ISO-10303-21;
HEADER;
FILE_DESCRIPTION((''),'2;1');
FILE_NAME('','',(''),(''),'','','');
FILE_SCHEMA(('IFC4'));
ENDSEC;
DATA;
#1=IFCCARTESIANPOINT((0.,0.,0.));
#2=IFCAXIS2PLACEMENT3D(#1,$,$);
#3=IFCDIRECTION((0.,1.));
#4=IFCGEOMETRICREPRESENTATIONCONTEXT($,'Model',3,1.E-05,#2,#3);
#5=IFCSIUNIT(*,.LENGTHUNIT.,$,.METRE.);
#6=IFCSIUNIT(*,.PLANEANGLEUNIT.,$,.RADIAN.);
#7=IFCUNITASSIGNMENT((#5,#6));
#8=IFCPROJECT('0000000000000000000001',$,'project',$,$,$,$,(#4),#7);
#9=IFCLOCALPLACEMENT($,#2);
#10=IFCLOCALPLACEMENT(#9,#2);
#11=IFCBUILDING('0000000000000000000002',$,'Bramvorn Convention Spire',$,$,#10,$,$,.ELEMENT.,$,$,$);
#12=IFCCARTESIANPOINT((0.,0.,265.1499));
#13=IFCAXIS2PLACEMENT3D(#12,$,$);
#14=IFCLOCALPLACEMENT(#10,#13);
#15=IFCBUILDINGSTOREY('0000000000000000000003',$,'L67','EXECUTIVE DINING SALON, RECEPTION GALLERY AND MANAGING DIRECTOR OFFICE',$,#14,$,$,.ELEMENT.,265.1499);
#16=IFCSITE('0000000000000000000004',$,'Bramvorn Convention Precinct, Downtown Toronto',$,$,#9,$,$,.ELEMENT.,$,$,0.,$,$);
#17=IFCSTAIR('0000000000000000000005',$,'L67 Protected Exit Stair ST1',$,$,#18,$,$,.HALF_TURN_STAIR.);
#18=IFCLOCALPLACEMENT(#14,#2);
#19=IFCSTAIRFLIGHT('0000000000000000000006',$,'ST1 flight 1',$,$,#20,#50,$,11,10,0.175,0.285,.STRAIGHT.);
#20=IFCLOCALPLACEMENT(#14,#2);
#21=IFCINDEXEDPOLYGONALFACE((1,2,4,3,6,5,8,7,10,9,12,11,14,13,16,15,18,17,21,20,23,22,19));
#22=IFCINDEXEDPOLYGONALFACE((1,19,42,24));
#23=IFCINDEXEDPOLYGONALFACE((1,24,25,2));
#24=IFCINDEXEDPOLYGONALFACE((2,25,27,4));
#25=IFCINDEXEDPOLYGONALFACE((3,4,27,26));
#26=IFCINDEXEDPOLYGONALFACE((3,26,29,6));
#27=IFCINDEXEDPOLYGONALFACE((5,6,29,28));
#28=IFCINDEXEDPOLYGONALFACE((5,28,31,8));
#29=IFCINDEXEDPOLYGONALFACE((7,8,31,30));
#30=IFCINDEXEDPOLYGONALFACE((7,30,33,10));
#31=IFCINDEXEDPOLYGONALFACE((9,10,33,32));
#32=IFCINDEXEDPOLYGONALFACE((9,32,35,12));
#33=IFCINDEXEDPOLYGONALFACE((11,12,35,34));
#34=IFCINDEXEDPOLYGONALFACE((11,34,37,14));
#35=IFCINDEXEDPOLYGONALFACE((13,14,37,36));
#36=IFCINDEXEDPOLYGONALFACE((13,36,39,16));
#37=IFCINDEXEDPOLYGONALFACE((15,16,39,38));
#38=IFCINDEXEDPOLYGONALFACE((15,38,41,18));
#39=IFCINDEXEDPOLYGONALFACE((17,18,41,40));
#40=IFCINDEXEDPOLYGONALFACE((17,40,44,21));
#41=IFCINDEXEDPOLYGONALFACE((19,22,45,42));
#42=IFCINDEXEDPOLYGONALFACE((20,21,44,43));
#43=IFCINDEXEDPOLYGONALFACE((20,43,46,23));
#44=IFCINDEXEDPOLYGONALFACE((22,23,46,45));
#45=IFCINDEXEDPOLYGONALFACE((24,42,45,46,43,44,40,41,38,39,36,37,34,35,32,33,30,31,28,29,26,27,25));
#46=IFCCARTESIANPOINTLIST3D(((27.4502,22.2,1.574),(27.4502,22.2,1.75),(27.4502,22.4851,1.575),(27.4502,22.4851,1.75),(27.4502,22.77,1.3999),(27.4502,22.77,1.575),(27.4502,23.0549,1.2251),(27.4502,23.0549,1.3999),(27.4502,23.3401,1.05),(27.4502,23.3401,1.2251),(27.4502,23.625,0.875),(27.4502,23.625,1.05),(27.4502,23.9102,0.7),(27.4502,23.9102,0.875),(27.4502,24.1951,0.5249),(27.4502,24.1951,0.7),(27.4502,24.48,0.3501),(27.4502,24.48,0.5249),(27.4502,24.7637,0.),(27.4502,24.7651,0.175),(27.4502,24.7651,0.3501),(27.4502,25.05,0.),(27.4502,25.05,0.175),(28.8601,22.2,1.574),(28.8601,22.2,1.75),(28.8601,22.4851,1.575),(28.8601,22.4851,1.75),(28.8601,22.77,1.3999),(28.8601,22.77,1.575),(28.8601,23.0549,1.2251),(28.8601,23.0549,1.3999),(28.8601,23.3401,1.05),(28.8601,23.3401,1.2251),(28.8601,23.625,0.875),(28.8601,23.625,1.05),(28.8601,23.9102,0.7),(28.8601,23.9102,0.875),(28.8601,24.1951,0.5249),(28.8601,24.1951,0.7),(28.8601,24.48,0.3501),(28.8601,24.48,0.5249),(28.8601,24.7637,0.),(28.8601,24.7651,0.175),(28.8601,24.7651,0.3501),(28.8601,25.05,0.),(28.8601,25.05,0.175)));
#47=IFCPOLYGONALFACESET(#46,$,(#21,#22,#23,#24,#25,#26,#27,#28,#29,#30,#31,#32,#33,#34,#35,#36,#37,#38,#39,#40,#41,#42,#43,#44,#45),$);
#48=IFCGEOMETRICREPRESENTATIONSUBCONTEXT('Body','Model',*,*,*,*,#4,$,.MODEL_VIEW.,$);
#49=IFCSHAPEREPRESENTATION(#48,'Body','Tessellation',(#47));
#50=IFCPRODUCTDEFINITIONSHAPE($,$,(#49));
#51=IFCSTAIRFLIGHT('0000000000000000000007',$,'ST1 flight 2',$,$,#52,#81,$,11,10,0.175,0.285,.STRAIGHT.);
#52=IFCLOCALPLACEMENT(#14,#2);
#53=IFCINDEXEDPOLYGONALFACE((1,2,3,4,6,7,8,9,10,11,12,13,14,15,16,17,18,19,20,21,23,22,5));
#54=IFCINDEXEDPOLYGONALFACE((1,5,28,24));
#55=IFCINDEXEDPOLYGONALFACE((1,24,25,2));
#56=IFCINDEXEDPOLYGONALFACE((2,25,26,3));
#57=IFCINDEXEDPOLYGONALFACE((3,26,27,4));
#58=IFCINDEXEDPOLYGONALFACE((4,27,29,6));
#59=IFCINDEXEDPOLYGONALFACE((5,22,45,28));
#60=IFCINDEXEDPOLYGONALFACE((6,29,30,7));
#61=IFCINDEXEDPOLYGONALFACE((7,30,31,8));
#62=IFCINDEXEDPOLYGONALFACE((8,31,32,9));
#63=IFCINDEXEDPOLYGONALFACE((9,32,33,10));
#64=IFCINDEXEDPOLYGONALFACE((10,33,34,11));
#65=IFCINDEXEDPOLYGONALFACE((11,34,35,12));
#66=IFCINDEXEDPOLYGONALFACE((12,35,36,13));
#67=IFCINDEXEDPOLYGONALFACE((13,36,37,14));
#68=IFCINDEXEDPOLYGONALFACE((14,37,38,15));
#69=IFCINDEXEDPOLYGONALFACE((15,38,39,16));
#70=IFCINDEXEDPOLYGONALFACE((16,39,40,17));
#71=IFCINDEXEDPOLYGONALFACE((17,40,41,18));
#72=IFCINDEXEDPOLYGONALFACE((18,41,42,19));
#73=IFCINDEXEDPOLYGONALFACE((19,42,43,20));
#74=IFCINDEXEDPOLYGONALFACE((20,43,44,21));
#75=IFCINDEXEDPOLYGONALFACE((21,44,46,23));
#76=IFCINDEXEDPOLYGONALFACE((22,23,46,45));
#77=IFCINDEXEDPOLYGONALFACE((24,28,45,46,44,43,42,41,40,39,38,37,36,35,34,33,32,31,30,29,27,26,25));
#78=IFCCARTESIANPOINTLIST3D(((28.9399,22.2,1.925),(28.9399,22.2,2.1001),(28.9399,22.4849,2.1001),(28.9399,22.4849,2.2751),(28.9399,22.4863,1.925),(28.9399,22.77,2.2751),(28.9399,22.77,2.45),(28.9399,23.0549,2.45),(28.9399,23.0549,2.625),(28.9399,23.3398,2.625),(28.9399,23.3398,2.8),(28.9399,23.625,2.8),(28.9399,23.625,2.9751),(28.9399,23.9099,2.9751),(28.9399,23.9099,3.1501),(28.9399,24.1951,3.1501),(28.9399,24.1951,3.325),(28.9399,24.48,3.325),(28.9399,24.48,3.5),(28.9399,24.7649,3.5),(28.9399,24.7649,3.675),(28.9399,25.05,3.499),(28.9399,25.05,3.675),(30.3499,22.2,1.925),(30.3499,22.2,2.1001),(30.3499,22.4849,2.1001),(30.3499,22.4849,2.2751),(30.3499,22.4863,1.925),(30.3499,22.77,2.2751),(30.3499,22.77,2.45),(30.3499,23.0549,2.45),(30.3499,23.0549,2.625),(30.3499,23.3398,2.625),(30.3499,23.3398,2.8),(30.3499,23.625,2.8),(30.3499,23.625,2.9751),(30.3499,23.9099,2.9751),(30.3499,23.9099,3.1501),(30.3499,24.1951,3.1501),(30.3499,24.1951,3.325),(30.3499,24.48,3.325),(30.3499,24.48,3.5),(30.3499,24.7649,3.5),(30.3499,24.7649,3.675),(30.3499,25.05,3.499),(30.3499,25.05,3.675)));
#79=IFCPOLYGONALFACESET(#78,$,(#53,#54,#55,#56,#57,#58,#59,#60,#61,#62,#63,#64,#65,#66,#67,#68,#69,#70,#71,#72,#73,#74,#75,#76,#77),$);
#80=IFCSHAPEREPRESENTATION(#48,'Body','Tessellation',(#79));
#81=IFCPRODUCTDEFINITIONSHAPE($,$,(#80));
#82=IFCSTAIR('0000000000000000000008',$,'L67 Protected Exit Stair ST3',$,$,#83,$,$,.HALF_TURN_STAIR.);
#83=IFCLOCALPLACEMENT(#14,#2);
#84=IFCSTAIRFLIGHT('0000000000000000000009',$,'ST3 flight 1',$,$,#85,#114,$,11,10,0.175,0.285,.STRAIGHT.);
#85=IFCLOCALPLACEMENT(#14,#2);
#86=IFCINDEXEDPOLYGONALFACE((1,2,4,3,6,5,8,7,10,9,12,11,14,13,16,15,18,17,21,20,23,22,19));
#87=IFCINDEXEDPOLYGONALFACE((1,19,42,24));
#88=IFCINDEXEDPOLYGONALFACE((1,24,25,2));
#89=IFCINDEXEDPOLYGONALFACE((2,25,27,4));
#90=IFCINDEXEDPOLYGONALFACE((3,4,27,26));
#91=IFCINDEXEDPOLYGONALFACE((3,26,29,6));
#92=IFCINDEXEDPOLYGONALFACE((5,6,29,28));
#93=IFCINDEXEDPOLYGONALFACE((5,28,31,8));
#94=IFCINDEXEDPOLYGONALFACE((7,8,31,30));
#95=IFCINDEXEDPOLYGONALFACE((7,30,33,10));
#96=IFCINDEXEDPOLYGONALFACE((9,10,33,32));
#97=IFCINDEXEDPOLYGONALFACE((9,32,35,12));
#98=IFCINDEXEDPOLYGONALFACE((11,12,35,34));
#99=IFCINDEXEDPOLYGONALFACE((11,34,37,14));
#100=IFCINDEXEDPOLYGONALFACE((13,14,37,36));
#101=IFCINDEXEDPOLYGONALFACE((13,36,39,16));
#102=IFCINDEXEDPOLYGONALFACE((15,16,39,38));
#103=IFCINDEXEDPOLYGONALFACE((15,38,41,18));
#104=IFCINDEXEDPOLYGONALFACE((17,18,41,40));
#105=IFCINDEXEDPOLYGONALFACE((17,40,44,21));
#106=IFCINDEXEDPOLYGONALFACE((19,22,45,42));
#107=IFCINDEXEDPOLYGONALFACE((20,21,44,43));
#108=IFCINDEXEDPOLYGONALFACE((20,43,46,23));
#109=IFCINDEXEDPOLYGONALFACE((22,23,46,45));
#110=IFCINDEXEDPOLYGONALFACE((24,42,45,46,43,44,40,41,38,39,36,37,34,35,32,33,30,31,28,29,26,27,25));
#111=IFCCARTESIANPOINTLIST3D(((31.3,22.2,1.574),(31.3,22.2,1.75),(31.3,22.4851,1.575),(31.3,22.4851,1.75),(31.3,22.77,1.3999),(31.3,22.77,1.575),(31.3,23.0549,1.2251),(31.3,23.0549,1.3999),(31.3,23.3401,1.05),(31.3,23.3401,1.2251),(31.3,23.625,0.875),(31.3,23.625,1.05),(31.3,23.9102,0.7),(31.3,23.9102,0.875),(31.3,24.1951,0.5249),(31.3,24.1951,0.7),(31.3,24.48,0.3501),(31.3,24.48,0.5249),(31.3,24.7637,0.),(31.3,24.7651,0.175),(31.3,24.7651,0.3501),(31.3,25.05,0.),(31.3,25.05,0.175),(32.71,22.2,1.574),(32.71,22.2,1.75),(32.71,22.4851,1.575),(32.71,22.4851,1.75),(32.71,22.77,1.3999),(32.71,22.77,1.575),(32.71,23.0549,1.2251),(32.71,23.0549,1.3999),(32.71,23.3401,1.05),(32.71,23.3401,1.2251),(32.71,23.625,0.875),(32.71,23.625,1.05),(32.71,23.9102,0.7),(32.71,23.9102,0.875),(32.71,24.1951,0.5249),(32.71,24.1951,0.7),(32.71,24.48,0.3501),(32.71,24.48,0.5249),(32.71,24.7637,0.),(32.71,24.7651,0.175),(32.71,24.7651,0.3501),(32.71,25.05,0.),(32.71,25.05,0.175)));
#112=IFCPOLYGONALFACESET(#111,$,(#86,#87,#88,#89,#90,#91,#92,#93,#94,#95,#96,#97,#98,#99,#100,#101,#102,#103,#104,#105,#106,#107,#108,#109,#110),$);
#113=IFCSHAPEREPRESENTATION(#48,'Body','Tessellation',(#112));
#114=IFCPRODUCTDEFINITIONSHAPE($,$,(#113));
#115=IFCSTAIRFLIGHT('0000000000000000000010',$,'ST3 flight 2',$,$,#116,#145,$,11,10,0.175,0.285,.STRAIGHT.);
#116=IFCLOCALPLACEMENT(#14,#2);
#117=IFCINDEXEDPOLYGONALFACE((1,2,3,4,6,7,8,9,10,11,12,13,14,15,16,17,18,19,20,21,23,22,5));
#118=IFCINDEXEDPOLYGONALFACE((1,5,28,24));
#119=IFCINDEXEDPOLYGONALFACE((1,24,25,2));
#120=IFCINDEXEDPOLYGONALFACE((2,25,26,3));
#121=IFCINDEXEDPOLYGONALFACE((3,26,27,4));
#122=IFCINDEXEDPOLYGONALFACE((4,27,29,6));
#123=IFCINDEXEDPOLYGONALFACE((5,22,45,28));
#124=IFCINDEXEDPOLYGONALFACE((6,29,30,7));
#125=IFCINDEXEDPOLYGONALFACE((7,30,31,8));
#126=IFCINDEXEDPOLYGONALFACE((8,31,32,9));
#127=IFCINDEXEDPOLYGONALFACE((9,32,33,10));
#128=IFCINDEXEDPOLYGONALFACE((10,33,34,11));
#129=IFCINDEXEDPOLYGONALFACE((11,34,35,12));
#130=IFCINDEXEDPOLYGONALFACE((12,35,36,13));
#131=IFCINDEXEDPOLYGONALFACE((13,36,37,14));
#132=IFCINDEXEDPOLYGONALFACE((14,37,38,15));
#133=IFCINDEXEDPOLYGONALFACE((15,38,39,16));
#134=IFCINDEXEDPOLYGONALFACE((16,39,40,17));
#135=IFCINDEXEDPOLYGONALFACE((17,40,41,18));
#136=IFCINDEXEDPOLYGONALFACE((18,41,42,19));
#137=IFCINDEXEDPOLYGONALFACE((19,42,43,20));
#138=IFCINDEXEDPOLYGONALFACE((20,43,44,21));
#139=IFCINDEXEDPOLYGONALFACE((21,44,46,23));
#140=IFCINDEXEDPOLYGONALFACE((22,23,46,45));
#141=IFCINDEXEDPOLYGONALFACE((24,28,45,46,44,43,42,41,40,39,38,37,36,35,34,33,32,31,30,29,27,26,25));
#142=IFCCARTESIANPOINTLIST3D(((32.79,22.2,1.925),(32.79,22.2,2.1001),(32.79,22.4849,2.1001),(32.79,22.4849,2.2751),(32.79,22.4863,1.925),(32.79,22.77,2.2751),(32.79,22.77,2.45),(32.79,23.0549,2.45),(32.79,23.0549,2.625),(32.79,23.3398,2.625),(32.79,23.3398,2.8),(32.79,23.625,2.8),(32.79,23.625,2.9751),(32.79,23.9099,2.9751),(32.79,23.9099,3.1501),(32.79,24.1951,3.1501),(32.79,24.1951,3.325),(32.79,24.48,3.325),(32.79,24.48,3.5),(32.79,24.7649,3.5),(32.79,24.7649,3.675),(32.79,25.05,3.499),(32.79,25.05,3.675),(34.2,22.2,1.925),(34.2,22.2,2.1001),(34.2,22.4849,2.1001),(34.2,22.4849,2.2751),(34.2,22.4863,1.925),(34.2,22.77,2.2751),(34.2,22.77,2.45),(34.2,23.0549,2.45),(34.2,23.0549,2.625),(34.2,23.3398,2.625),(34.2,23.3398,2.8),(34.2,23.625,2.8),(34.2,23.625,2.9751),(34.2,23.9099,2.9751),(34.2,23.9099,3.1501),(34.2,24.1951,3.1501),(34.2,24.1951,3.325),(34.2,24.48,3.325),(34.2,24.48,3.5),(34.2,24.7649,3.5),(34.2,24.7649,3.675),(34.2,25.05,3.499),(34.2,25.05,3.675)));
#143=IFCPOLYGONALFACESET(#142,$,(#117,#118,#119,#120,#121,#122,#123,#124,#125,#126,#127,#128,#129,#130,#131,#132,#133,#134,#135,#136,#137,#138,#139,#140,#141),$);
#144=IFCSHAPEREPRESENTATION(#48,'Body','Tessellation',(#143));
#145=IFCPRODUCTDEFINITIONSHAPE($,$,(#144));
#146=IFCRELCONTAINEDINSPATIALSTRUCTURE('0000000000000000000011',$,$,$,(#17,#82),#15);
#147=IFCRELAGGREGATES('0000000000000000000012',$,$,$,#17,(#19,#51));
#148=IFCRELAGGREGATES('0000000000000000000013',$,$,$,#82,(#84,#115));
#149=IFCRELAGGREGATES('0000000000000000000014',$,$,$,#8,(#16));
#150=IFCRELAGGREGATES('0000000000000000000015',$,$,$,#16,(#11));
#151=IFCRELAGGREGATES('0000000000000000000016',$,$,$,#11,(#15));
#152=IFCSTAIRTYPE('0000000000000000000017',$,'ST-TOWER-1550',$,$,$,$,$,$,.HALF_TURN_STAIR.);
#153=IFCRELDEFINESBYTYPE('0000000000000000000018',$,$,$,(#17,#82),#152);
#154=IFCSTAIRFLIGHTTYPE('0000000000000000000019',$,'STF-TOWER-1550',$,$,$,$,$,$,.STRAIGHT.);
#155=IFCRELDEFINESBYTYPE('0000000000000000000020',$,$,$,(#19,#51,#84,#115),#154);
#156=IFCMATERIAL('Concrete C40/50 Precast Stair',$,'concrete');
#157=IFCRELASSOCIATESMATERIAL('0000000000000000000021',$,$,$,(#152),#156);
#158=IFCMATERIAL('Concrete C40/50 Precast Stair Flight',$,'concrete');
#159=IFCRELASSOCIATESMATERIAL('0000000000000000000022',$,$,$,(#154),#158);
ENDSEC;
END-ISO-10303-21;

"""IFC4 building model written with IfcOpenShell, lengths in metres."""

from ifc_helpers import new_model, si_unit, direction, frame, origin, place, context, subcontext, project, spatial, polyline, outline, extrude, material, type_object, element, aggregate, save


model = new_model("IFC4")

# Units and contexts
model_context = context("Model", 3, precision=1e-05, world=origin(), true_north=direction((0.0, 1.0)))
body_context = subcontext(model_context, "Body", "Model", "MODEL_VIEW")
ifc_project = project(units=[si_unit("LENGTHUNIT", "METRE"), si_unit("PLANEANGLEUNIT", "RADIAN")], contexts=[model_context])

# Site, building, storey
site_placement = place(None, origin())
site = spatial("IfcSite", under=ifc_project, at=site_placement, Name="Bramvorn Convention Precinct, Downtown Toronto", CompositionType="ELEMENT", RefElevation=0.0)
building_placement = place(site_placement, origin())
building = spatial("IfcBuilding", under=site, at=building_placement, Name="Bramvorn Convention Spire", CompositionType="ELEMENT")
storey_placement = place(building_placement, frame((0.0, 0.0, 265.1499)))
storey = spatial("IfcBuildingStorey", under=building, at=storey_placement, Name="L67", Description="EXECUTIVE DINING SALON, RECEPTION GALLERY AND MANAGING DIRECTOR OFFICE", CompositionType="ELEMENT", Elevation=265.1499)

# Stairs, stair flights
ifc_material_1 = material(Name="Concrete C40/50 Precast Stair", Category="concrete")
stair_type = type_object("IfcStairType", Name="ST-TOWER-1550", PredefinedType="HALF_TURN_STAIR", material=ifc_material_1)
stair_1_placement = place(storey_placement, origin())
stair_1 = element("IfcStair", 1, at=stair_1_placement, inside=storey, type_object=stair_type, Name="L67 Protected Exit Stair ST1", PredefinedType="HALF_TURN_STAIR")
ifc_material_2 = material(Name="Concrete C40/50 Precast Stair Flight", Category="concrete")
stair_flight_type = type_object("IfcStairFlightType", Name="STF-TOWER-1550", PredefinedType="STRAIGHT", material=ifc_material_2)
stair_flight_1_placement = place(storey_placement, frame((28.155, 25.05, 0.0), z_axis=(0.0, 0.0, 1.0), x_axis=(0.0, -1.0, 0.0)))
stair_flight_1 = element("IfcStairFlight", 2, at=stair_flight_1_placement, type_object=stair_flight_type, Name="ST1 flight 1", NumberOfRisers=11, NumberOfTreads=10, PredefinedType="STRAIGHT", RiserHeight=0.175, TreadLength=0.285, context=body_context, shape_type="SweptSolid", body=[
    extrude(outline(polyline([(0.0, 0.0), (0.0, 0.175), (0.2849, 0.175), (0.2849, 0.3501), (0.5701, 0.3501), (0.5701, 0.5249), (0.855, 0.5249), (0.855, 0.7), (1.1399, 0.7), (1.1399, 0.875), (1.425, 0.875), (1.425, 1.05), (1.71, 1.05), (1.71, 1.2251), (1.9951, 1.2251), (1.9951, 1.3999), (2.28, 1.3999), (2.28, 1.575), (2.5649, 1.575), (2.5649, 1.75), (2.8501, 1.75), (2.8501, 1.925), (2.8501, 1.574), (0.2864, 0.0), (0.0, 0.0)])), frame((0.0, 0.7051, 0.0), z_axis=(0.0, -1.0, 0.0), x_axis=(1.0, 0.0, 0.0)), (0.0, 0.0, 1.0), 1.4099),
])
stair_flight_2_placement = place(storey_placement, frame((29.645, 22.2, 1.925), z_axis=(0.0, 0.0, 1.0), x_axis=(0.0, 1.0, 0.0)))
stair_flight_2 = element("IfcStairFlight", 3, at=stair_flight_2_placement, type_object=stair_flight_type, Name="ST1 flight 2", NumberOfRisers=11, NumberOfTreads=10, PredefinedType="STRAIGHT", RiserHeight=0.175, TreadLength=0.285, context=body_context, shape_type="SweptSolid", body=[
    extrude(outline(polyline([(0.0, 0.0), (0.0, 0.175), (0.2849, 0.175), (0.2849, 0.3501), (0.5701, 0.3501), (0.5701, 0.5249), (0.855, 0.5249), (0.855, 0.7), (1.1399, 0.7), (1.1399, 0.875), (1.425, 0.875), (1.425, 1.05), (1.71, 1.05), (1.71, 1.2251), (1.9951, 1.2251), (1.9951, 1.3999), (2.28, 1.3999), (2.28, 1.575), (2.5649, 1.575), (2.5649, 1.75), (2.8501, 1.75), (2.8501, 1.925), (2.8501, 1.574), (0.2864, 0.0), (0.0, 0.0)])), frame((0.0, 0.7051, 0.0), z_axis=(0.0, -1.0, 0.0), x_axis=(1.0, 0.0, 0.0)), (0.0, 0.0, 1.0), 1.4099),
])
aggregate(stair_1, [stair_flight_1, stair_flight_2])
stair_2_placement = place(storey_placement, origin())
stair_2 = element("IfcStair", 4, at=stair_2_placement, inside=storey, type_object=stair_type, Name="L67 Protected Exit Stair ST3", PredefinedType="HALF_TURN_STAIR")
stair_flight_3_placement = place(storey_placement, frame((32.0049, 25.05, 0.0), z_axis=(0.0, 0.0, 1.0), x_axis=(0.0, -1.0, 0.0)))
stair_flight_3 = element("IfcStairFlight", 5, at=stair_flight_3_placement, type_object=stair_flight_type, Name="ST3 flight 1", NumberOfRisers=11, NumberOfTreads=10, PredefinedType="STRAIGHT", RiserHeight=0.175, TreadLength=0.285, context=body_context, shape_type="SweptSolid", body=[
    extrude(outline(polyline([(0.0, 0.0), (0.0, 0.175), (0.2849, 0.175), (0.2849, 0.3501), (0.5701, 0.3501), (0.5701, 0.5249), (0.855, 0.5249), (0.855, 0.7), (1.1399, 0.7), (1.1399, 0.875), (1.425, 0.875), (1.425, 1.05), (1.71, 1.05), (1.71, 1.2251), (1.9951, 1.2251), (1.9951, 1.3999), (2.28, 1.3999), (2.28, 1.575), (2.5649, 1.575), (2.5649, 1.75), (2.8501, 1.75), (2.8501, 1.925), (2.8501, 1.574), (0.2864, 0.0), (0.0, 0.0)])), frame((0.0, 0.7051, 0.0), z_axis=(0.0, -1.0, 0.0), x_axis=(1.0, 0.0, 0.0)), (0.0, 0.0, 1.0), 1.4099),
])
stair_flight_4_placement = place(storey_placement, frame((33.4951, 22.2, 1.925), z_axis=(0.0, 0.0, 1.0), x_axis=(0.0, 1.0, 0.0)))
stair_flight_4 = element("IfcStairFlight", 6, at=stair_flight_4_placement, type_object=stair_flight_type, Name="ST3 flight 2", NumberOfRisers=11, NumberOfTreads=10, PredefinedType="STRAIGHT", RiserHeight=0.175, TreadLength=0.285, context=body_context, shape_type="SweptSolid", body=[
    extrude(outline(polyline([(0.0, 0.0), (0.0, 0.175), (0.2849, 0.175), (0.2849, 0.3501), (0.5701, 0.3501), (0.5701, 0.5249), (0.855, 0.5249), (0.855, 0.7), (1.1399, 0.7), (1.1399, 0.875), (1.425, 0.875), (1.425, 1.05), (1.71, 1.05), (1.71, 1.2251), (1.9951, 1.2251), (1.9951, 1.3999), (2.28, 1.3999), (2.28, 1.575), (2.5649, 1.575), (2.5649, 1.75), (2.8501, 1.75), (2.8501, 1.925), (2.8501, 1.574), (0.2864, 0.0), (0.0, 0.0)])), frame((0.0, 0.7051, 0.0), z_axis=(0.0, -1.0, 0.0), x_axis=(1.0, 0.0, 0.0)), (0.0, 0.0, 1.0), 1.4099),
])
aggregate(stair_2, [stair_flight_3, stair_flight_4])

save(model, "model.ifc")
